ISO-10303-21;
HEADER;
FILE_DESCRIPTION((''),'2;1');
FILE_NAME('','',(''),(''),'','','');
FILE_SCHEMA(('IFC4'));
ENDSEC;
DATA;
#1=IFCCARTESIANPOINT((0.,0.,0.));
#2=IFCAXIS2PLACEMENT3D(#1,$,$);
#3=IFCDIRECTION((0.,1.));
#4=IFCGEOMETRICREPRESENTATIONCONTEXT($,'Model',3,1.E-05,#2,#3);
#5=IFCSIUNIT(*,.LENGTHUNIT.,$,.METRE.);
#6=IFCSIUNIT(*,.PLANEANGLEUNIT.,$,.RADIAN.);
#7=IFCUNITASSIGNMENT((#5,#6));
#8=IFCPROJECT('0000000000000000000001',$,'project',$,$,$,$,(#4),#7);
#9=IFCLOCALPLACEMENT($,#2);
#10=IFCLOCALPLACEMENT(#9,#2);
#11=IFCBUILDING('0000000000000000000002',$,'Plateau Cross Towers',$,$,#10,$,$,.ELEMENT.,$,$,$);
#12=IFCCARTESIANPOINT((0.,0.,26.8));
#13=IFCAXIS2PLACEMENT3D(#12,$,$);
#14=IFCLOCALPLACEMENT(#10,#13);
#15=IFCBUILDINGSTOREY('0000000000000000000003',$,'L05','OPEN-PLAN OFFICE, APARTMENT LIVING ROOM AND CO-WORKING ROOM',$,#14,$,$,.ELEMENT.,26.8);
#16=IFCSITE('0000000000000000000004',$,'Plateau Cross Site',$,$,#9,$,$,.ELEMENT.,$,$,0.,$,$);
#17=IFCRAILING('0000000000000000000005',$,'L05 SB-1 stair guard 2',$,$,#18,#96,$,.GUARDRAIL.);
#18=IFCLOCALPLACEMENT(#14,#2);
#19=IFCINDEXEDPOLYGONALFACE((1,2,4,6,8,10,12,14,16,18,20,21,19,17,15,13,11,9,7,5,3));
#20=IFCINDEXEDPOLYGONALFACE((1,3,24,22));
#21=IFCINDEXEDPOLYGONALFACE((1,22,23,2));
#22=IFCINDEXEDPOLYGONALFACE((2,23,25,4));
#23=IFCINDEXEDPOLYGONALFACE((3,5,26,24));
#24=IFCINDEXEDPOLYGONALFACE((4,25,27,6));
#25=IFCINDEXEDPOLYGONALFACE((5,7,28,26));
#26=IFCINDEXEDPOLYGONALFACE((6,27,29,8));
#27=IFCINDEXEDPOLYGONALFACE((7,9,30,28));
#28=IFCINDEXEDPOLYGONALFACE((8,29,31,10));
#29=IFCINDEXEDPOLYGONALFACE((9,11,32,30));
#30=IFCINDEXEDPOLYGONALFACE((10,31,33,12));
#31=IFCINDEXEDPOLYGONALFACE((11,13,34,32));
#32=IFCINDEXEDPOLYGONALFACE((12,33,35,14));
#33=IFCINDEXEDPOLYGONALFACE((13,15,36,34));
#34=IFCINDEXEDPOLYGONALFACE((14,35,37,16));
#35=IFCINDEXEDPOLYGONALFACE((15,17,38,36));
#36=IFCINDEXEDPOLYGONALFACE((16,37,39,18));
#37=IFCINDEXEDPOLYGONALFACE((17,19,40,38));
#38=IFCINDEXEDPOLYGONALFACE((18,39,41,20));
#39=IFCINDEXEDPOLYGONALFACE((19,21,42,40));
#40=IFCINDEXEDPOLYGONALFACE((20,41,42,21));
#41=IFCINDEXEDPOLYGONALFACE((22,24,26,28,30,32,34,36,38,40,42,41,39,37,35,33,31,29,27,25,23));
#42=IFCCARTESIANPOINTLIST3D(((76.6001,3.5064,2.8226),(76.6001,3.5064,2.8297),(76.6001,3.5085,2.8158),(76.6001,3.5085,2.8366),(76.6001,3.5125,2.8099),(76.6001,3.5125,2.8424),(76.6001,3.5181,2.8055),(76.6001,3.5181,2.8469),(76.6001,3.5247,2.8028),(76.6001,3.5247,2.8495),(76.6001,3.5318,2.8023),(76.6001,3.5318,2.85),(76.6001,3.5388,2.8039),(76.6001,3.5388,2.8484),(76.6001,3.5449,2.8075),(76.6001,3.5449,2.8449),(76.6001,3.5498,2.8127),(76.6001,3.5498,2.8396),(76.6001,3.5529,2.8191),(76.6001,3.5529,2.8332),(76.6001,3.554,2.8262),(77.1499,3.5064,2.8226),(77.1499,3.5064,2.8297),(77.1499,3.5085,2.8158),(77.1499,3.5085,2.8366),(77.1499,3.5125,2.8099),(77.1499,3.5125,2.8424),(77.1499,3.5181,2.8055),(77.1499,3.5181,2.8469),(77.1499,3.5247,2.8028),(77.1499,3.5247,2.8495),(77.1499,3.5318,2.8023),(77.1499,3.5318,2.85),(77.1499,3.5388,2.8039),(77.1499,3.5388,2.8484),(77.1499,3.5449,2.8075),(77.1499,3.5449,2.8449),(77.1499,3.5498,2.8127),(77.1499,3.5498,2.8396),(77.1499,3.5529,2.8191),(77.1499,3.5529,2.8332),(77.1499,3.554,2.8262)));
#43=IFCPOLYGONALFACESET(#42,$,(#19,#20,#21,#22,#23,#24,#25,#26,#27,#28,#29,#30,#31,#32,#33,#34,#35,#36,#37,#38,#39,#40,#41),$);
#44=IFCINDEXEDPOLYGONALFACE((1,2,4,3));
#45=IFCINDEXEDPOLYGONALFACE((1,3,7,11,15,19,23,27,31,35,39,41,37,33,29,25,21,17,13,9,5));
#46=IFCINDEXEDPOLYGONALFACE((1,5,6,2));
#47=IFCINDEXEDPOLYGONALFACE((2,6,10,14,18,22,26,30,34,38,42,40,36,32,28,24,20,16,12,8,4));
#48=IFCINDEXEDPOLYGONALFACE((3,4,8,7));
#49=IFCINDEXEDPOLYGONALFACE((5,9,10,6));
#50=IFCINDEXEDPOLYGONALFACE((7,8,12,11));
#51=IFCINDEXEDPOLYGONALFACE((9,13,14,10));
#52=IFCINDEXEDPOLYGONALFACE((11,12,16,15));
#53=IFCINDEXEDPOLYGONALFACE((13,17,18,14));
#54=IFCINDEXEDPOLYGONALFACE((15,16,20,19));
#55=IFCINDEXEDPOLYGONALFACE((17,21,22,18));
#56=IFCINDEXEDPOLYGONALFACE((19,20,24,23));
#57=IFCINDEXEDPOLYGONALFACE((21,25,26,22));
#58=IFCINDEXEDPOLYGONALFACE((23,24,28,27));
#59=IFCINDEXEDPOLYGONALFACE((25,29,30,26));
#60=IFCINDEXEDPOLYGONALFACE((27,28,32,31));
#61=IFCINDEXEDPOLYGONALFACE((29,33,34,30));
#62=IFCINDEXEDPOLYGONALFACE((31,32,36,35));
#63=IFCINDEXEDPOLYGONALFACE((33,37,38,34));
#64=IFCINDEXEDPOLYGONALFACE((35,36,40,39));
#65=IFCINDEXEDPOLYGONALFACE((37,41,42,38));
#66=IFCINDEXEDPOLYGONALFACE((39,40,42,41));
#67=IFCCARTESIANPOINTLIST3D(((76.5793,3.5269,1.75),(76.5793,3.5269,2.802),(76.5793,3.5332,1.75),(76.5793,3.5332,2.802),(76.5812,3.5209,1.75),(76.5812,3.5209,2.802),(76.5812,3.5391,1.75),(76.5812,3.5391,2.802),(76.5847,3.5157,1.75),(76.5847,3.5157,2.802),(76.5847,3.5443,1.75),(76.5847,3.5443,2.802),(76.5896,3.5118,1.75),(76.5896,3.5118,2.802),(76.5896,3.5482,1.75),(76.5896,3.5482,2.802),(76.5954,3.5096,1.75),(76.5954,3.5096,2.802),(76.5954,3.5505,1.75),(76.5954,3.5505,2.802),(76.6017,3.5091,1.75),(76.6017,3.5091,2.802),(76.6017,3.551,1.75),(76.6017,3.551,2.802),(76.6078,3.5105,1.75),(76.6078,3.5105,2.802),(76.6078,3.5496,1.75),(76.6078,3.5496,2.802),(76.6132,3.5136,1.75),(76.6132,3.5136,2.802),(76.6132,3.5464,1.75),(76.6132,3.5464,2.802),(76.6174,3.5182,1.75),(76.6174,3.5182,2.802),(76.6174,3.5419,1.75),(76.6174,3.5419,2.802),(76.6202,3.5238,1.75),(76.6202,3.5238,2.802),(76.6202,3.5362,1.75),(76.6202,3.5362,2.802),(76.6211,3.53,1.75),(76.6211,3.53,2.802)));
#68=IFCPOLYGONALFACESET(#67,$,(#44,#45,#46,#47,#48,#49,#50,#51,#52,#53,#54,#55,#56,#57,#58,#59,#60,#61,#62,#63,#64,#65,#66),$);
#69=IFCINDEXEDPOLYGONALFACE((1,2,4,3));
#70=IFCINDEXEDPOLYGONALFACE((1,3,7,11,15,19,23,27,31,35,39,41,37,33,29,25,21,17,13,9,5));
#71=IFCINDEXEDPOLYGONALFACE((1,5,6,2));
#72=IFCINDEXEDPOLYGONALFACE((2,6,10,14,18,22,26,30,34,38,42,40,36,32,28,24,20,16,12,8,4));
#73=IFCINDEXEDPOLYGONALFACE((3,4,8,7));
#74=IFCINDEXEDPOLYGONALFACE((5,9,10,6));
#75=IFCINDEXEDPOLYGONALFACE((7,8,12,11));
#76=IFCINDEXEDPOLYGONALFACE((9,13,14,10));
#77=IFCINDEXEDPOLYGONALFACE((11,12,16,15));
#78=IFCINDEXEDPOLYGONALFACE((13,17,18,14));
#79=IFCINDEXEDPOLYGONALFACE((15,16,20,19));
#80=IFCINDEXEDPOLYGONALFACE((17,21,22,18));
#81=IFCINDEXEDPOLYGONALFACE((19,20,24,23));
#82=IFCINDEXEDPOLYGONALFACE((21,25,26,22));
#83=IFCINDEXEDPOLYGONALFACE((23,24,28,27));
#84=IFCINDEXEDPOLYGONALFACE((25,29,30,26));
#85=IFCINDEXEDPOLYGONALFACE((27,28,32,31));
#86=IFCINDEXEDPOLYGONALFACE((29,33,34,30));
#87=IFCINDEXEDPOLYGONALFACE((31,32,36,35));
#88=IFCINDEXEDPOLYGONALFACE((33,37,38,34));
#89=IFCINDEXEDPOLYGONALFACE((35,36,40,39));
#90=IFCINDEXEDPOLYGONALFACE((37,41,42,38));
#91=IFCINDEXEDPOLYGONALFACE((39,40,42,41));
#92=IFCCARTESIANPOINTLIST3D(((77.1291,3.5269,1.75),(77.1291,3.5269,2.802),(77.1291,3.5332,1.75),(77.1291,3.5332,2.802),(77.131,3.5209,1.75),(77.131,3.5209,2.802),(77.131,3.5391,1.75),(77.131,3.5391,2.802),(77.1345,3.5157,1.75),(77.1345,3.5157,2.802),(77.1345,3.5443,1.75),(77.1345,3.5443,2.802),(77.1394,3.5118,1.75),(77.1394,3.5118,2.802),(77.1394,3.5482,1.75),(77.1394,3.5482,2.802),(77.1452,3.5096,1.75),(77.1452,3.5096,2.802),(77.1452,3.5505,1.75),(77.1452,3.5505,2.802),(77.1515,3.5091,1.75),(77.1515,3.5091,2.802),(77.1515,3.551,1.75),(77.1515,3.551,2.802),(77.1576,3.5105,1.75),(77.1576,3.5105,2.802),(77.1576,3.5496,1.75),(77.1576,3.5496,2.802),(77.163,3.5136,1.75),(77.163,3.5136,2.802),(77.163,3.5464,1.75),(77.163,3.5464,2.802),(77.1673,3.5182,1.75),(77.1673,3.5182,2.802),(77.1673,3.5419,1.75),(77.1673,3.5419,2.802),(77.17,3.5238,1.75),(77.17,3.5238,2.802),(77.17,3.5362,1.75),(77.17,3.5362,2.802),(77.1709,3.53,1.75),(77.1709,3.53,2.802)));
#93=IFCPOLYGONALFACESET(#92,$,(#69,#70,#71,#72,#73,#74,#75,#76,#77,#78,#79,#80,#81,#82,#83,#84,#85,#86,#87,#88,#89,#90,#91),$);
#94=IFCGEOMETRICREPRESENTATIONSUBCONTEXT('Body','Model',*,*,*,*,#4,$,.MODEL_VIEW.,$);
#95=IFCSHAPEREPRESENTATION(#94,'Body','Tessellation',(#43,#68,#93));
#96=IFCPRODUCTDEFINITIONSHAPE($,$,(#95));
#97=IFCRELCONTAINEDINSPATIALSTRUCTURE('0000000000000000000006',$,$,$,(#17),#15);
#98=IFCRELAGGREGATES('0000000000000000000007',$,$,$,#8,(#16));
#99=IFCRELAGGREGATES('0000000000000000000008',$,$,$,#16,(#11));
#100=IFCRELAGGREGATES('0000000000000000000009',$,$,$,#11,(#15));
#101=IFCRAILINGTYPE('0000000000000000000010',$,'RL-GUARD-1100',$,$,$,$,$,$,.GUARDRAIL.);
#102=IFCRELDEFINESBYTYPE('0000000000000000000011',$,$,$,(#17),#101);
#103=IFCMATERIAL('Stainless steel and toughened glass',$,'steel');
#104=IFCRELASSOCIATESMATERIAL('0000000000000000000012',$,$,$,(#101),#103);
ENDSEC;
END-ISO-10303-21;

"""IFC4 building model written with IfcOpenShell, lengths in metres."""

from ifc_helpers import new_model, si_unit, direction, frame, origin, origin_2d, place, context, subcontext, project, spatial, circle, extrude, material, type_object, element, save


model = new_model("IFC4")

# Units and contexts
model_context = context("Model", 3, precision=1e-05, world=origin(), true_north=direction((0.0, 1.0)))
body_context = subcontext(model_context, "Body", "Model", "MODEL_VIEW")
ifc_project = project(units=[si_unit("LENGTHUNIT", "METRE"), si_unit("PLANEANGLEUNIT", "RADIAN")], contexts=[model_context])

# Site, building, storey
site_placement = place(None, origin())
site = spatial("IfcSite", under=ifc_project, at=site_placement, Name="Plateau Cross Site", CompositionType="ELEMENT", RefElevation=0.0)
building_placement = place(site_placement, origin())
building = spatial("IfcBuilding", under=site, at=building_placement, Name="Plateau Cross Towers", CompositionType="ELEMENT")
storey_placement = place(building_placement, frame((0.0, 0.0, 26.8)))
storey = spatial("IfcBuildingStorey", under=building, at=storey_placement, Name="L05", Description="OPEN-PLAN OFFICE, APARTMENT LIVING ROOM AND CO-WORKING ROOM", CompositionType="ELEMENT", Elevation=26.8)

# Railing
ifc_material_1 = material(Name="Stainless steel and toughened glass", Category="steel")
railing_type_1 = type_object("IfcRailingType", Name="RL-GUARD-1100", PredefinedType="GUARDRAIL", material=ifc_material_1)
railing_1_placement = place(storey_placement, frame((76.6001, 3.53, 1.75)))
element("IfcRailing", 1, at=railing_1_placement, inside=storey, type_object=railing_type_1, Name="L05 SB-1 stair guard 2", PredefinedType="GUARDRAIL", context=body_context, shape_type="SweptSolid", body=[
    extrude(circle(Radius=0.0239, at=origin_2d()), frame((0.0, 0.0, 1.0762), z_axis=(1.0, 0.0, 0.0), x_axis=(0.0, 1.0, 0.0)), (0.0, 0.0, 1.0), 0.5498),
    extrude(circle(Radius=0.021, at=origin_2d()), origin(), (0.0, 0.0, 1.0), 1.052),
    extrude(circle(Radius=0.021, at=origin_2d()), frame((0.5498, 0.0, 0.0)), (0.0, 0.0, 1.0), 1.052),
])

save(model, "model.ifc")
